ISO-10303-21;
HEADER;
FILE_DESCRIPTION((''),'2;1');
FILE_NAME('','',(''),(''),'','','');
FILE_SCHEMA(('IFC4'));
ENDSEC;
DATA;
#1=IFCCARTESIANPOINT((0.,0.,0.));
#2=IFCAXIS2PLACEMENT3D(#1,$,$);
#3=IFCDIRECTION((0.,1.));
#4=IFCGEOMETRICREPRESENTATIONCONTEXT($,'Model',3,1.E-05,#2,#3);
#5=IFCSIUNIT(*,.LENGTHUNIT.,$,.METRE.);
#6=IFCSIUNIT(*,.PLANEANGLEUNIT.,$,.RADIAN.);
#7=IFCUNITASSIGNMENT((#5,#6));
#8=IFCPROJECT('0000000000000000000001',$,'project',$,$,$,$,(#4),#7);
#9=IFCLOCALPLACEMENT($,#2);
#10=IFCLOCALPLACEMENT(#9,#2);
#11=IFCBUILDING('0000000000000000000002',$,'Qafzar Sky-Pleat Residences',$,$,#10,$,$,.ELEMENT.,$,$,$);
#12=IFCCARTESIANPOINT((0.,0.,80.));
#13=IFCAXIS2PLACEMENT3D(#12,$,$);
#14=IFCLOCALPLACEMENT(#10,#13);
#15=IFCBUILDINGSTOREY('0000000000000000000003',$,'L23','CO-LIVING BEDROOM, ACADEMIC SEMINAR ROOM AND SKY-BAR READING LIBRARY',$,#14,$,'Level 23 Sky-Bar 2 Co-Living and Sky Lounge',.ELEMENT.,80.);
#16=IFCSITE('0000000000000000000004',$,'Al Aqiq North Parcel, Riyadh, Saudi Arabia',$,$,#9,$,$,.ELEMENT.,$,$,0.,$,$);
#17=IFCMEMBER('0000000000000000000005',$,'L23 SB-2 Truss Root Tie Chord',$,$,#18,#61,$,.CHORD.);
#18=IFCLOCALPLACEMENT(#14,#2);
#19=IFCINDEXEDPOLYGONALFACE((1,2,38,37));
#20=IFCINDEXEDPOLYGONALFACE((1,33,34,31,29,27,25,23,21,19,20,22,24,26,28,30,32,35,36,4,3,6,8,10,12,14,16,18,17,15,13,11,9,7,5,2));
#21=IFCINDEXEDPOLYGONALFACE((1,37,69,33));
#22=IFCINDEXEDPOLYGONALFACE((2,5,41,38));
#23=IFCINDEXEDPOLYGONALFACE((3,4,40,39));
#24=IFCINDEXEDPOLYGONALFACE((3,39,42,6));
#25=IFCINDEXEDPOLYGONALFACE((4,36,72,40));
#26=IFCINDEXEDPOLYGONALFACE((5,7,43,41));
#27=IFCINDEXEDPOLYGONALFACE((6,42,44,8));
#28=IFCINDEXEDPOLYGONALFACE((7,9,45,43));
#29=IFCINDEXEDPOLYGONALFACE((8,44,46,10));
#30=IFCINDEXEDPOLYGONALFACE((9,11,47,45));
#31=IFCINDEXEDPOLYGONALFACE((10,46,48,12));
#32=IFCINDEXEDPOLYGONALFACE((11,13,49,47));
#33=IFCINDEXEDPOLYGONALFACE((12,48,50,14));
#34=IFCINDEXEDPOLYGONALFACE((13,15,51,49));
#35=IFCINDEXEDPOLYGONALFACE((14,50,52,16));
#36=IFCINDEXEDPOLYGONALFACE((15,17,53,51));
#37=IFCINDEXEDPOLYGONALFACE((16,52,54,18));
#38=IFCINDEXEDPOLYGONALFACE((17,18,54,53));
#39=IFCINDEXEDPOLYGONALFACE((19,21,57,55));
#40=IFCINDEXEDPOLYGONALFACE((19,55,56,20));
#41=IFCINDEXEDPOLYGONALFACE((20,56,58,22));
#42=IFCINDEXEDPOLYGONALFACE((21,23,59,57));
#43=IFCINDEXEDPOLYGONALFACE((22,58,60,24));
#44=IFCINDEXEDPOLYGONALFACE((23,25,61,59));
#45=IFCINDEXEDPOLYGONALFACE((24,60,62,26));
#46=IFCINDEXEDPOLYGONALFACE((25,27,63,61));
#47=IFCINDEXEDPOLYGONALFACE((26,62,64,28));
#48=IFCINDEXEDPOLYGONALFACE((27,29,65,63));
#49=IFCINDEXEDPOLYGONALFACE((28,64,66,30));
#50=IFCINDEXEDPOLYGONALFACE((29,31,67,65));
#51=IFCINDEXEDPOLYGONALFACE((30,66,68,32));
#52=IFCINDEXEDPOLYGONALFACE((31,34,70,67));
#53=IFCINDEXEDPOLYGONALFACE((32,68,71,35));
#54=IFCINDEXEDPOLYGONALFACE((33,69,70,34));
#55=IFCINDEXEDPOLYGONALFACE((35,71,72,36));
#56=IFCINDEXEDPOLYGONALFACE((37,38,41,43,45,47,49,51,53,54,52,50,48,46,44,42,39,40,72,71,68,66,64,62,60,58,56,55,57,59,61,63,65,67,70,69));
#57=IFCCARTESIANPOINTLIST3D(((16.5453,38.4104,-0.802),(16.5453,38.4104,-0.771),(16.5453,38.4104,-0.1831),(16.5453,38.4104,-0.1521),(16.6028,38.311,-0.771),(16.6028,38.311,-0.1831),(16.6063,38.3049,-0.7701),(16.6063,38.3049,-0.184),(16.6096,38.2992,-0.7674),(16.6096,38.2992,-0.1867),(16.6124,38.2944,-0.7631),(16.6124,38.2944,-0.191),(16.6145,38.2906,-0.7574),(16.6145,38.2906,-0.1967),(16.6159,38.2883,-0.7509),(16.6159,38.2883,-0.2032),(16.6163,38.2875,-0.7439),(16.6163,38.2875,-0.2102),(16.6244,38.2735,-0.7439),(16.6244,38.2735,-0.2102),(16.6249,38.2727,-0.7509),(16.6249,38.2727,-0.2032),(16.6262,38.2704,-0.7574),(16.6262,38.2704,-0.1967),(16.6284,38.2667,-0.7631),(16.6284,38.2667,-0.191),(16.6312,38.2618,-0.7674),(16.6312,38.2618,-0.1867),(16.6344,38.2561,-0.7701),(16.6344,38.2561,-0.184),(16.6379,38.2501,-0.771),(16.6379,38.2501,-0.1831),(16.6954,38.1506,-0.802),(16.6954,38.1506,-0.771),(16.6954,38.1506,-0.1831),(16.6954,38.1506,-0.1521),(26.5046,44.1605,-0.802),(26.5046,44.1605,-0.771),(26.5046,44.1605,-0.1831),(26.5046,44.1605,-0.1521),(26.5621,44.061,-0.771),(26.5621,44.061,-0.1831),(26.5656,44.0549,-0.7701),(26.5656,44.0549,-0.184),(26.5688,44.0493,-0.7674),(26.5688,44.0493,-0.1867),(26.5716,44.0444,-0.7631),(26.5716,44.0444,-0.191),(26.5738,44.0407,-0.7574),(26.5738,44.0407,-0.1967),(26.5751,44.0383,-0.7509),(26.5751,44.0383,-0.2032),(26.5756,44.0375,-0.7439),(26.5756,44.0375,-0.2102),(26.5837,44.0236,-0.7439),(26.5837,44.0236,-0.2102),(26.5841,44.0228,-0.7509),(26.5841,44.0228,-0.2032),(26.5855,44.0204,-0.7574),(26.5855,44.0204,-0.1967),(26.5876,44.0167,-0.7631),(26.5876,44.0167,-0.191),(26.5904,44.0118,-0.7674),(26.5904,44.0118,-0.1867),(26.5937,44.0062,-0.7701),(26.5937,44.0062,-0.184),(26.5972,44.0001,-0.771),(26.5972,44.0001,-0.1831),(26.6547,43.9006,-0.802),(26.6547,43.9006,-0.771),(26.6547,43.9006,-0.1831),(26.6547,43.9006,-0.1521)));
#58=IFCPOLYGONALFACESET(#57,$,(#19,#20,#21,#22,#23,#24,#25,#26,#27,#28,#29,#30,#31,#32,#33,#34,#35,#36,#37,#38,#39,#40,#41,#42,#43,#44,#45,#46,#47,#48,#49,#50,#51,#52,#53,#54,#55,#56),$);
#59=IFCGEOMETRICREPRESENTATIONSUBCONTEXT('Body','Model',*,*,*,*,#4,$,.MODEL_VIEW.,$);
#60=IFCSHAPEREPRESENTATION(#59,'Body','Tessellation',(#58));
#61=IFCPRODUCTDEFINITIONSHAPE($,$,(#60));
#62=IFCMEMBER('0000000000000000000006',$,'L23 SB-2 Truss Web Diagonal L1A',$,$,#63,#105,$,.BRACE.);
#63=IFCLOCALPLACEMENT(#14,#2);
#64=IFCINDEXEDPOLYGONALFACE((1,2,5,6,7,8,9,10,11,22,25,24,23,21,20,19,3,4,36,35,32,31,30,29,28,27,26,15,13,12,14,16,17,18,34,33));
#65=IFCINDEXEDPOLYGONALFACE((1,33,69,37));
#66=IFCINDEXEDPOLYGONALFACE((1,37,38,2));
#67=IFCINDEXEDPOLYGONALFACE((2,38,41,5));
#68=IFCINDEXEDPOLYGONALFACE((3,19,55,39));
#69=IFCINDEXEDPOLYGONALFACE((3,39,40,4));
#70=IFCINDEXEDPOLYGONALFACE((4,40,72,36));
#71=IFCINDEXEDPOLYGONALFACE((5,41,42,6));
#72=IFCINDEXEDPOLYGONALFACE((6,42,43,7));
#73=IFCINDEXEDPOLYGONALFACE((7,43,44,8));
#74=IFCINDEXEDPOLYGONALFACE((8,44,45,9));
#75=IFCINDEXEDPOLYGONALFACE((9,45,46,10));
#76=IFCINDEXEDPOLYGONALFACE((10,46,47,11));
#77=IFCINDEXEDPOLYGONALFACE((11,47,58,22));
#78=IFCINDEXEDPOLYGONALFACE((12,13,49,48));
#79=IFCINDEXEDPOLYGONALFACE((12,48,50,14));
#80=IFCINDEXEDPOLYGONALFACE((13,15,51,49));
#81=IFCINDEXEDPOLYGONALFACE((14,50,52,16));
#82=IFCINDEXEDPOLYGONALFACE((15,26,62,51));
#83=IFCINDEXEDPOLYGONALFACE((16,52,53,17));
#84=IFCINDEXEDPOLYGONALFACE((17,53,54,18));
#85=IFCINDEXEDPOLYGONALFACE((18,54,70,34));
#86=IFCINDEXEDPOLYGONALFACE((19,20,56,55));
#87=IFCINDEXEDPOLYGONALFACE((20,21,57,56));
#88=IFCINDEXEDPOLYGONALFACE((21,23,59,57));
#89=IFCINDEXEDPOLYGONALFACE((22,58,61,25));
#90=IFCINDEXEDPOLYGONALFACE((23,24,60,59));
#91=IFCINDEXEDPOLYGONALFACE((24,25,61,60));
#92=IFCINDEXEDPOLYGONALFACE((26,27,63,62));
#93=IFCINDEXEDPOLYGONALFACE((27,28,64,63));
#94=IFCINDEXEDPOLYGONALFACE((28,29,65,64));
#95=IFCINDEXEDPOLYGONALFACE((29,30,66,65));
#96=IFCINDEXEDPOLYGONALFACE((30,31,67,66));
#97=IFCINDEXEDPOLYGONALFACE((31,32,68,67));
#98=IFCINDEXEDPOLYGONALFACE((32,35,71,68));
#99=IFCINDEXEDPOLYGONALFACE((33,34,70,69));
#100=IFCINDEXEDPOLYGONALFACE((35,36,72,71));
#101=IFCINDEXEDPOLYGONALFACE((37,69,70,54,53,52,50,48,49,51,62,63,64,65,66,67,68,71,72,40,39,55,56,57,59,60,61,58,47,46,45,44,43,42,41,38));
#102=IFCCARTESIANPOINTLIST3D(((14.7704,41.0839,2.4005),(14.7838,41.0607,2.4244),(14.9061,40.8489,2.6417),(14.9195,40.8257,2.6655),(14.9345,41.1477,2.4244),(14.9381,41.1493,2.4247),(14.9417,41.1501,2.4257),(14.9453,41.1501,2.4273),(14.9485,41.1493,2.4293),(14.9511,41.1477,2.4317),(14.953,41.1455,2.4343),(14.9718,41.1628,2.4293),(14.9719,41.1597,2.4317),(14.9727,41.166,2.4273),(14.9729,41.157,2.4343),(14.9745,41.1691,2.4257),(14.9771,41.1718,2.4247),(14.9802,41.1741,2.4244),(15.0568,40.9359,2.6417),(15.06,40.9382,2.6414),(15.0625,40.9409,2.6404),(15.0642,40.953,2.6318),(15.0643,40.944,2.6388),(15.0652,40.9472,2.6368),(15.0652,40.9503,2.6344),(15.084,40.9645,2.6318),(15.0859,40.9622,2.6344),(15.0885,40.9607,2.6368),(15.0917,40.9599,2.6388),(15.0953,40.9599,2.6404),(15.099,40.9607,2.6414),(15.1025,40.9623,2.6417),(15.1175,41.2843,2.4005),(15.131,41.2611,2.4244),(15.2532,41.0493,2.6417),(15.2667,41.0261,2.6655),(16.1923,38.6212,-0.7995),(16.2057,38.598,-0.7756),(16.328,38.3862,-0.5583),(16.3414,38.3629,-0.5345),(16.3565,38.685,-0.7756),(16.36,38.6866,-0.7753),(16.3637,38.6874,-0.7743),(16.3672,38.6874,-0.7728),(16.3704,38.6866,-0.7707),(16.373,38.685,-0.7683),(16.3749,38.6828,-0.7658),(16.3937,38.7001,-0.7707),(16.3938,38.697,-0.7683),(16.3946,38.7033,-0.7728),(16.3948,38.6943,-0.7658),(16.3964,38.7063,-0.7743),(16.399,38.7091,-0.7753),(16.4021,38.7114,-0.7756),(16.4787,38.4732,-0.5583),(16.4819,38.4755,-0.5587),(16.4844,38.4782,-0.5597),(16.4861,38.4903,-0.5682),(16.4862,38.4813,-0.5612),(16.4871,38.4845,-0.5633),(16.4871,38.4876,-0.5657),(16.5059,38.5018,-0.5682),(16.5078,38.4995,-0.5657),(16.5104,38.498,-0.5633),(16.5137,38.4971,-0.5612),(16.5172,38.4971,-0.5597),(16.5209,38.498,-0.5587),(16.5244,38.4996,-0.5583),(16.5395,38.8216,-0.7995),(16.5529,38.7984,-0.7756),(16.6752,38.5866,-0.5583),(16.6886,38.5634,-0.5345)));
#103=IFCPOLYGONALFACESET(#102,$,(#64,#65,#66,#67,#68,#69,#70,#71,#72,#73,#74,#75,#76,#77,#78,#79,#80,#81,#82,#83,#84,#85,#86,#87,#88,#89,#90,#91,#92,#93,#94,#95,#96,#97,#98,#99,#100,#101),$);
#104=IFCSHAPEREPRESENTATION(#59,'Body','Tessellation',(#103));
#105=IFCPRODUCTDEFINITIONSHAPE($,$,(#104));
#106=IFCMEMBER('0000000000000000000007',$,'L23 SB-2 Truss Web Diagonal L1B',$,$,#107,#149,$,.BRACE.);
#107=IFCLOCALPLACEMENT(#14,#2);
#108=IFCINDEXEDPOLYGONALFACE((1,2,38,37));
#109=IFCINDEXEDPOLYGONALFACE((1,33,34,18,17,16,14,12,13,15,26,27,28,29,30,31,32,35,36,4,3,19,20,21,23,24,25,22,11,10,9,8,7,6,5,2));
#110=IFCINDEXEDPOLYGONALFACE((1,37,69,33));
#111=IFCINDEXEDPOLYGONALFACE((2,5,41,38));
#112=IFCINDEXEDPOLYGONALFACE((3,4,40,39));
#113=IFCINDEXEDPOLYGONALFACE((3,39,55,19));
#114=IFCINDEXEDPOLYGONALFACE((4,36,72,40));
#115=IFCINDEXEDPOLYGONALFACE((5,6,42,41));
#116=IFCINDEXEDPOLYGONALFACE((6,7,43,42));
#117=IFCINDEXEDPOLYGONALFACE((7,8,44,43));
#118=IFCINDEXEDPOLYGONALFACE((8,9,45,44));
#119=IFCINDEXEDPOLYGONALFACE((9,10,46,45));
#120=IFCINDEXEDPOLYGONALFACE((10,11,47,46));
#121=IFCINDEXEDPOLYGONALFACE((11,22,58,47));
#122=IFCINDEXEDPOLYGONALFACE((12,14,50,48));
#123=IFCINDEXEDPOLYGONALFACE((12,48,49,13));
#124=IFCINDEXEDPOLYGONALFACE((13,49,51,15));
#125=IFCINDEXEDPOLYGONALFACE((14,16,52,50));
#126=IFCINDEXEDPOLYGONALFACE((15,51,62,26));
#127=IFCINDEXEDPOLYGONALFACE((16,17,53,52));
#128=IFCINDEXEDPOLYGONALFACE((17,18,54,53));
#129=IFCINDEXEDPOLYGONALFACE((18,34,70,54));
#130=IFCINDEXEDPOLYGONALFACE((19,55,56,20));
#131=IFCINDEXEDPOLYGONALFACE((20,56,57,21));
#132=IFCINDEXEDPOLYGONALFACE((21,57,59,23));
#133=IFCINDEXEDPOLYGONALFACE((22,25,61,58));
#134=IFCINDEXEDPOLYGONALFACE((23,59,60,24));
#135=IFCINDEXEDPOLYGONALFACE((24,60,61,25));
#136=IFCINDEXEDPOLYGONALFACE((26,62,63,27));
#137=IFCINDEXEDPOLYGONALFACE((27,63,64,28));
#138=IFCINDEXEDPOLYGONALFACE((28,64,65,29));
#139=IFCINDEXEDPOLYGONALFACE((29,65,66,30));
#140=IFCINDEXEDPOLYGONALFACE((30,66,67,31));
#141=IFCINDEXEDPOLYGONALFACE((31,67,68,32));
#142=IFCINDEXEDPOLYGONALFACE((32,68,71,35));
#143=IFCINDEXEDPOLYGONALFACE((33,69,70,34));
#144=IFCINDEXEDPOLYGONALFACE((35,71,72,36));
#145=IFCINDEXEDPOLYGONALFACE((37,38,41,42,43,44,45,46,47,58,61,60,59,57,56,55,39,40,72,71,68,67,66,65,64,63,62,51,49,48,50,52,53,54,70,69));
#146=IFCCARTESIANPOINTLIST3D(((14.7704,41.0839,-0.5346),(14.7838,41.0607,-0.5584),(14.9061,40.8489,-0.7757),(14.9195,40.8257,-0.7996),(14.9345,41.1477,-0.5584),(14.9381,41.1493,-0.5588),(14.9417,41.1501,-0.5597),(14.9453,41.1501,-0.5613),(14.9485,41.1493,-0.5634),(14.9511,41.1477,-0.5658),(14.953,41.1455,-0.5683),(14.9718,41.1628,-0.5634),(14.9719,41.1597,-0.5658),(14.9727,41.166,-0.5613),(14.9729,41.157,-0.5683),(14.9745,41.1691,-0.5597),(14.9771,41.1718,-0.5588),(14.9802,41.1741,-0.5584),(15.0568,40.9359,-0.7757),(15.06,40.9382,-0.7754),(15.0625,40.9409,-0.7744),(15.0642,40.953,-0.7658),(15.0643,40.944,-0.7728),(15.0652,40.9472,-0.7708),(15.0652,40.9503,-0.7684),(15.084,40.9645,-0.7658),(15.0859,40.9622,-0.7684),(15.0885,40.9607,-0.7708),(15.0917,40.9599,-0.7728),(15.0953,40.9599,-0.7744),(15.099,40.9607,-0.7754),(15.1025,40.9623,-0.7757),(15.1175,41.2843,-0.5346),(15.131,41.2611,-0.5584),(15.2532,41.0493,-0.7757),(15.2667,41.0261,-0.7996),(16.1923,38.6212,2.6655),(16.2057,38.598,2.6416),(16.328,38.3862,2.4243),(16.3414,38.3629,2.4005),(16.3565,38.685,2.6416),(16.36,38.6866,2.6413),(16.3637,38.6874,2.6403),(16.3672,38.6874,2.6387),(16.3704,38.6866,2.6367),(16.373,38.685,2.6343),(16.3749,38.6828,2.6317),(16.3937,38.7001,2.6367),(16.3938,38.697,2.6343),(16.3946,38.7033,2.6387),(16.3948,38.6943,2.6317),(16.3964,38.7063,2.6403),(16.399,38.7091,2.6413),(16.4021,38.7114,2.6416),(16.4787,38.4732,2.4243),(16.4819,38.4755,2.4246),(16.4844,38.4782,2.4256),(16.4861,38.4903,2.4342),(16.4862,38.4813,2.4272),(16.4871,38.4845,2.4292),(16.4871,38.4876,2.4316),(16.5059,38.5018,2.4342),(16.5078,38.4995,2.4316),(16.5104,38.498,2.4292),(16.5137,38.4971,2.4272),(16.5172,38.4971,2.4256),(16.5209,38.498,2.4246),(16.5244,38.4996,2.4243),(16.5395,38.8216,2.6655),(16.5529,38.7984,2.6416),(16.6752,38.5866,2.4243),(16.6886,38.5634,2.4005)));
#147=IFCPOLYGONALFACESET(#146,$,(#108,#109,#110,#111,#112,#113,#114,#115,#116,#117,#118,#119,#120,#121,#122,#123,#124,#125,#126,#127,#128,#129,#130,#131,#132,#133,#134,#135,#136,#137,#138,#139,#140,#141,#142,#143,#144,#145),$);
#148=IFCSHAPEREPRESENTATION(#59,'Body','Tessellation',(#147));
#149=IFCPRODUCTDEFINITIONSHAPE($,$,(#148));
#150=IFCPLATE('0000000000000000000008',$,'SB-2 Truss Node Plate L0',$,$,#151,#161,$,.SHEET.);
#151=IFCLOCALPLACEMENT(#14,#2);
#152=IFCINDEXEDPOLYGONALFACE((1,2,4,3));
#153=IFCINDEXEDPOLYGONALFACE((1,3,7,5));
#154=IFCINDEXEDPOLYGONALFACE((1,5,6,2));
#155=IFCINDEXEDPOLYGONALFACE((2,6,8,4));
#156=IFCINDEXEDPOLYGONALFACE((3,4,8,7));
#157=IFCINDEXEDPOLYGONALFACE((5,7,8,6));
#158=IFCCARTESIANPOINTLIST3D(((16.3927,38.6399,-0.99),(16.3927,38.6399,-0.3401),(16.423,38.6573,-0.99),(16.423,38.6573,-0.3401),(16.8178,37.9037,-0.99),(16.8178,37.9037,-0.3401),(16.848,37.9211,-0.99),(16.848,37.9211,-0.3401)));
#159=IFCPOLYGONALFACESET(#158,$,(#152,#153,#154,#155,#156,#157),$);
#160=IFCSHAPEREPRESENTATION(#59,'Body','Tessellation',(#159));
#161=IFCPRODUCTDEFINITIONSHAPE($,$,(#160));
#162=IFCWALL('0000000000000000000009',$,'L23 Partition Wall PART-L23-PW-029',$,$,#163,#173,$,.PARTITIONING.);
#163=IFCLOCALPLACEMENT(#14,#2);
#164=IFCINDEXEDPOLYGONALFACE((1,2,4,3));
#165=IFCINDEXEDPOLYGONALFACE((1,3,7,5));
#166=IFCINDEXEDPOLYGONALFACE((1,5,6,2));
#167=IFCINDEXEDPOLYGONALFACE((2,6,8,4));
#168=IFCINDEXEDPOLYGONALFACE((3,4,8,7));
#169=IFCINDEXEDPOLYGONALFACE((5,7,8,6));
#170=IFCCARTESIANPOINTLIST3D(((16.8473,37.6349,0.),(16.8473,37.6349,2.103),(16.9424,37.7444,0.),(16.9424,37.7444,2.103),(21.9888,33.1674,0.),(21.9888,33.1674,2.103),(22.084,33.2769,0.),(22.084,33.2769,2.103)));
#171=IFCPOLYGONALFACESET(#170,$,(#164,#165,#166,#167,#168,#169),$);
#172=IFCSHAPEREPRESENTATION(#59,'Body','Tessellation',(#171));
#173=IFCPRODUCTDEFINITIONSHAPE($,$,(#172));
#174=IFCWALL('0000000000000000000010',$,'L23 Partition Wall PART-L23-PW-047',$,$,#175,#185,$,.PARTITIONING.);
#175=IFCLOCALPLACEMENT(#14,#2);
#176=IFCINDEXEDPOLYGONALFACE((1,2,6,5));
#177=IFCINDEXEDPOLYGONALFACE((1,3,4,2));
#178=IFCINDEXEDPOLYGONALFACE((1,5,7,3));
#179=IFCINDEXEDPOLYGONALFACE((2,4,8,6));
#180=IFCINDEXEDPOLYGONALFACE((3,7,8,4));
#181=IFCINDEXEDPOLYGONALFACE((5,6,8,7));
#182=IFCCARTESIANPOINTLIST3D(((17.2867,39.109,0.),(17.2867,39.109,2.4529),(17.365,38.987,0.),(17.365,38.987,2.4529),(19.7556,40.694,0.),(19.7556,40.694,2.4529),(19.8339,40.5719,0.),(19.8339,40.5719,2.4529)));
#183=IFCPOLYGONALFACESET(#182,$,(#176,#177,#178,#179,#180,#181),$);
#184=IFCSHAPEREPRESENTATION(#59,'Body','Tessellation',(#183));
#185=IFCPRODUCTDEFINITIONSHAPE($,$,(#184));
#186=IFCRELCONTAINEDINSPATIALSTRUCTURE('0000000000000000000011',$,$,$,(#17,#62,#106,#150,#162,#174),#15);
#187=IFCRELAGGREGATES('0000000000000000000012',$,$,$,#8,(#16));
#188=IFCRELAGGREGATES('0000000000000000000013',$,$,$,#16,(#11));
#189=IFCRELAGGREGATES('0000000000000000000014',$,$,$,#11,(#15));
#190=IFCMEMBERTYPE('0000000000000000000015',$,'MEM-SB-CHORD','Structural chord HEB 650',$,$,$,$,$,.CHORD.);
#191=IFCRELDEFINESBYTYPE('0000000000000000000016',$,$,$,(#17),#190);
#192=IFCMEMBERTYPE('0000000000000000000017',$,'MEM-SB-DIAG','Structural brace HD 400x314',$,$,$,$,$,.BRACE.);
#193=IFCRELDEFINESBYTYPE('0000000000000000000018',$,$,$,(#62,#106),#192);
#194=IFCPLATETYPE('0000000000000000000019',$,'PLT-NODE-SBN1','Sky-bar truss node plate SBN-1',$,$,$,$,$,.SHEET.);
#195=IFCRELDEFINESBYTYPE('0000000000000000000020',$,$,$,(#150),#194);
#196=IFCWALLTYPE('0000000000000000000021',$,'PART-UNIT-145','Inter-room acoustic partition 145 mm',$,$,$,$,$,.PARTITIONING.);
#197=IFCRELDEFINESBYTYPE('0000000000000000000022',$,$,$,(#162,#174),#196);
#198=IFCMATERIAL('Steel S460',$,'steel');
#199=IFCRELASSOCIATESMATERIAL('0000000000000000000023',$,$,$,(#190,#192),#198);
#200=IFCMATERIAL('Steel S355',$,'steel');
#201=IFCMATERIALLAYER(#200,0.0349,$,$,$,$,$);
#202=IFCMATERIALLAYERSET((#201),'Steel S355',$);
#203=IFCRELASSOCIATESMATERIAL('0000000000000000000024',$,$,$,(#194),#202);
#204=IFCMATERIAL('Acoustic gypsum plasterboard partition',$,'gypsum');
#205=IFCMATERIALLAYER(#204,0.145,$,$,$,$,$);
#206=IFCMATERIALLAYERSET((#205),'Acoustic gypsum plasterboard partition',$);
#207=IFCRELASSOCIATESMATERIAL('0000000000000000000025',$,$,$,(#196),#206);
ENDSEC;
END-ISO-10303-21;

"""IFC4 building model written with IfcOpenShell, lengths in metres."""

from ifc_helpers import new_model, si_unit, direction, frame, frame_2d, origin, origin_2d, place, context, subcontext, project, spatial, rectangle, i_section, extrude, source, transform, mapped, material, layer, layer_set, material_profile, profile_set, type_object, element, save


model = new_model("IFC4")

# Units and contexts
model_context = context("Model", 3, precision=1e-05, world=origin(), true_north=direction((0.0, 1.0)))
body_context = subcontext(model_context, "Body", "Model", "MODEL_VIEW")
ifc_project = project(units=[si_unit("LENGTHUNIT", "METRE"), si_unit("PLANEANGLEUNIT", "RADIAN")], contexts=[model_context])

# Site, building, storey
site_placement = place(None, origin())
site = spatial("IfcSite", under=ifc_project, at=site_placement, Name="Al Aqiq North Parcel, Riyadh, Saudi Arabia", CompositionType="ELEMENT", RefElevation=0.0)
building_placement = place(site_placement, origin())
building = spatial("IfcBuilding", under=site, at=building_placement, Name="Qafzar Sky-Pleat Residences", CompositionType="ELEMENT")
storey_placement = place(building_placement, frame((0.0, 0.0, 80.0)))
storey = spatial("IfcBuildingStorey", under=building, at=storey_placement, Name="L23", Description="CO-LIVING BEDROOM, ACADEMIC SEMINAR ROOM AND SKY-BAR READING LIBRARY", LongName="Level 23 Sky-Bar 2 Co-Living and Sky Lounge", CompositionType="ELEMENT", Elevation=80.0)

# Shared definitions
ifc_material_1 = material(Name="Steel S460", Category="steel")

# Shared definitions
ifc_material_2 = material(Name="Steel S355", Category="steel")

# Members
ifc_material_profile_1 = material_profile(ifc_material_1, i_section(OverallWidth=0.3, OverallDepth=0.6499, WebThickness=0.0161, FlangeThickness=0.031, FilletRadius=0.0271, at=origin_2d()), Name="HEB 650")
ifc_profile_set_1 = profile_set([ifc_material_profile_1], Name="Steel S460")
member_type_1 = type_object("IfcMemberType", Name="MEM-SB-CHORD", Description="Structural chord HEB 650", PredefinedType="CHORD", material=ifc_profile_set_1)
shared_shape_1 = source(origin(), body_context, "Body", "SweptSolid", [
    extrude(i_section(OverallWidth=0.3, OverallDepth=0.6499, WebThickness=0.0161, FlangeThickness=0.031, FilletRadius=0.0271, at=origin_2d()), origin(), (0.0, 0.0, 1.0), 11.5),
])
member_1_placement = place(storey_placement, frame((16.6204, 38.2805, -0.4771), z_axis=(0.866024, 0.500002, 0.0), x_axis=(-0.500002, 0.866024, 0.0)))
element("IfcMember", 1, at=member_1_placement, inside=storey, type_object=member_type_1, Name="L23 SB-2 Truss Root Tie Chord", PredefinedType="CHORD", context=body_context, shape_type="MappedRepresentation", body=[
    mapped(shared_shape_1, transform((0.0, 0.0, 0.0), x_axis=(1.0, 0.0, 0.0), y_axis=(0.0, 1.0, 0.0), z_axis=(0.0, 0.0, 1.0), scale=1.0)),
])
ifc_material_profile_2 = material_profile(ifc_material_1, i_section(OverallWidth=0.4009, OverallDepth=0.3989, WebThickness=0.0229, FlangeThickness=0.0359, FilletRadius=0.0149, at=origin_2d()), Name="HD 400x314")
ifc_profile_set_2 = profile_set([ifc_material_profile_2], Name="Steel S460")
member_type_2 = type_object("IfcMemberType", Name="MEM-SB-DIAG", Description="Structural brace HD 400x314", PredefinedType="BRACE", material=ifc_profile_set_2)
shared_shape_2 = source(origin(), body_context, "Body", "SweptSolid", [
    extrude(i_section(OverallWidth=0.4009, OverallDepth=0.3989, WebThickness=0.0229, FlangeThickness=0.0359, FilletRadius=0.0149, at=origin_2d()), origin(), (0.0, 0.0, 1.0), 4.281),
])
for number, where, z_axis, x_axis, name in (
    (2, (16.4404, 38.5923, -0.667), (-0.332144, 0.575265, 0.747496), (-0.866015, -0.500017, 0.0), "L23 SB-2 Truss Web Diagonal L1A"),
    (3, (16.4404, 38.5923, 2.533), (-0.332144, 0.575265, -0.747496), (-0.866015, -0.500017, 0.0), "L23 SB-2 Truss Web Diagonal L1B"),
):
    element("IfcMember", number, at=place(storey_placement, frame(where, z_axis=z_axis, x_axis=x_axis)), inside=storey, type_object=member_type_2, Name=name, PredefinedType="BRACE", context=body_context, shape_type="MappedRepresentation", body=[
        mapped(shared_shape_2, transform((0.0, 0.0, 0.0), x_axis=(1.0, 0.0, 0.0), y_axis=(0.0, 1.0, 0.0), z_axis=(0.0, 0.0, 1.0), scale=1.0)),
    ])

# Plate
ifc_layer_1 = layer(ifc_material_2, 0.0349)
ifc_layer_set_1 = layer_set([ifc_layer_1], Name="Steel S355")
plate_type = type_object("IfcPlateType", Name="PLT-NODE-SBN1", Description="Sky-bar truss node plate SBN-1", PredefinedType="SHEET", material=ifc_layer_set_1)
shared_shape_3 = source(origin(), body_context, "Body", "SweptSolid", [
    extrude(rectangle(XDim=0.8501, YDim=0.0349, at=origin_2d()), origin(), (0.0, 0.0, 1.0), 0.6499),
])
plate_placement = place(storey_placement, frame((16.6204, 38.2805, -0.99), z_axis=(0.0, 0.0, 1.0), x_axis=(-0.5, 0.866025, 0.0)))
element("IfcPlate", 4, at=plate_placement, inside=storey, type_object=plate_type, Name="SB-2 Truss Node Plate L0", PredefinedType="SHEET", context=body_context, shape_type="MappedRepresentation", body=[
    mapped(shared_shape_3, transform((0.0, 0.0, 0.0), x_axis=(1.0, 0.0, 0.0), y_axis=(0.0, 1.0, 0.0), z_axis=(0.0, 0.0, 1.0), scale=1.0)),
])

# Walls
ifc_material_3 = material(Name="Acoustic gypsum plasterboard partition", Category="gypsum")
ifc_layer_2 = layer(ifc_material_3, 0.145)
ifc_layer_set_2 = layer_set([ifc_layer_2], Name="Acoustic gypsum plasterboard partition")
wall_type_1 = type_object("IfcWallType", Name="PART-UNIT-145", Description="Inter-room acoustic partition 145 mm", PredefinedType="PARTITIONING", material=ifc_layer_set_2)
wall_1_placement = place(storey_placement, frame((16.8948, 37.6897, 0.0), z_axis=(0.0, 0.0, 1.0), x_axis=(0.754855, -0.655892, 0.0)))
element("IfcWall", 5, at=wall_1_placement, inside=storey, type_object=wall_type_1, Name="L23 Partition Wall PART-L23-PW-029", PredefinedType="PARTITIONING", context=body_context, shape_type="SweptSolid", body=[
    extrude(rectangle(XDim=6.8113, YDim=0.145, at=frame_2d((3.4058, 0.0))), origin(), (0.0, 0.0, 1.0), 2.103),
])
wall_2_placement = place(storey_placement, frame((17.3259, 39.0481, 0.0), z_axis=(0.0, 0.0, 1.0), x_axis=(0.841527, 0.540215, 0.0)))
element("IfcWall", 6, at=wall_2_placement, inside=storey, type_object=wall_type_1, Name="L23 Partition Wall PART-L23-PW-047", PredefinedType="PARTITIONING", context=body_context, shape_type="SweptSolid", body=[
    extrude(rectangle(XDim=2.9338, YDim=0.145, at=frame_2d((1.4668, 0.0))), origin(), (0.0, 0.0, 1.0), 2.4529),
])

save(model, "model.ifc")
